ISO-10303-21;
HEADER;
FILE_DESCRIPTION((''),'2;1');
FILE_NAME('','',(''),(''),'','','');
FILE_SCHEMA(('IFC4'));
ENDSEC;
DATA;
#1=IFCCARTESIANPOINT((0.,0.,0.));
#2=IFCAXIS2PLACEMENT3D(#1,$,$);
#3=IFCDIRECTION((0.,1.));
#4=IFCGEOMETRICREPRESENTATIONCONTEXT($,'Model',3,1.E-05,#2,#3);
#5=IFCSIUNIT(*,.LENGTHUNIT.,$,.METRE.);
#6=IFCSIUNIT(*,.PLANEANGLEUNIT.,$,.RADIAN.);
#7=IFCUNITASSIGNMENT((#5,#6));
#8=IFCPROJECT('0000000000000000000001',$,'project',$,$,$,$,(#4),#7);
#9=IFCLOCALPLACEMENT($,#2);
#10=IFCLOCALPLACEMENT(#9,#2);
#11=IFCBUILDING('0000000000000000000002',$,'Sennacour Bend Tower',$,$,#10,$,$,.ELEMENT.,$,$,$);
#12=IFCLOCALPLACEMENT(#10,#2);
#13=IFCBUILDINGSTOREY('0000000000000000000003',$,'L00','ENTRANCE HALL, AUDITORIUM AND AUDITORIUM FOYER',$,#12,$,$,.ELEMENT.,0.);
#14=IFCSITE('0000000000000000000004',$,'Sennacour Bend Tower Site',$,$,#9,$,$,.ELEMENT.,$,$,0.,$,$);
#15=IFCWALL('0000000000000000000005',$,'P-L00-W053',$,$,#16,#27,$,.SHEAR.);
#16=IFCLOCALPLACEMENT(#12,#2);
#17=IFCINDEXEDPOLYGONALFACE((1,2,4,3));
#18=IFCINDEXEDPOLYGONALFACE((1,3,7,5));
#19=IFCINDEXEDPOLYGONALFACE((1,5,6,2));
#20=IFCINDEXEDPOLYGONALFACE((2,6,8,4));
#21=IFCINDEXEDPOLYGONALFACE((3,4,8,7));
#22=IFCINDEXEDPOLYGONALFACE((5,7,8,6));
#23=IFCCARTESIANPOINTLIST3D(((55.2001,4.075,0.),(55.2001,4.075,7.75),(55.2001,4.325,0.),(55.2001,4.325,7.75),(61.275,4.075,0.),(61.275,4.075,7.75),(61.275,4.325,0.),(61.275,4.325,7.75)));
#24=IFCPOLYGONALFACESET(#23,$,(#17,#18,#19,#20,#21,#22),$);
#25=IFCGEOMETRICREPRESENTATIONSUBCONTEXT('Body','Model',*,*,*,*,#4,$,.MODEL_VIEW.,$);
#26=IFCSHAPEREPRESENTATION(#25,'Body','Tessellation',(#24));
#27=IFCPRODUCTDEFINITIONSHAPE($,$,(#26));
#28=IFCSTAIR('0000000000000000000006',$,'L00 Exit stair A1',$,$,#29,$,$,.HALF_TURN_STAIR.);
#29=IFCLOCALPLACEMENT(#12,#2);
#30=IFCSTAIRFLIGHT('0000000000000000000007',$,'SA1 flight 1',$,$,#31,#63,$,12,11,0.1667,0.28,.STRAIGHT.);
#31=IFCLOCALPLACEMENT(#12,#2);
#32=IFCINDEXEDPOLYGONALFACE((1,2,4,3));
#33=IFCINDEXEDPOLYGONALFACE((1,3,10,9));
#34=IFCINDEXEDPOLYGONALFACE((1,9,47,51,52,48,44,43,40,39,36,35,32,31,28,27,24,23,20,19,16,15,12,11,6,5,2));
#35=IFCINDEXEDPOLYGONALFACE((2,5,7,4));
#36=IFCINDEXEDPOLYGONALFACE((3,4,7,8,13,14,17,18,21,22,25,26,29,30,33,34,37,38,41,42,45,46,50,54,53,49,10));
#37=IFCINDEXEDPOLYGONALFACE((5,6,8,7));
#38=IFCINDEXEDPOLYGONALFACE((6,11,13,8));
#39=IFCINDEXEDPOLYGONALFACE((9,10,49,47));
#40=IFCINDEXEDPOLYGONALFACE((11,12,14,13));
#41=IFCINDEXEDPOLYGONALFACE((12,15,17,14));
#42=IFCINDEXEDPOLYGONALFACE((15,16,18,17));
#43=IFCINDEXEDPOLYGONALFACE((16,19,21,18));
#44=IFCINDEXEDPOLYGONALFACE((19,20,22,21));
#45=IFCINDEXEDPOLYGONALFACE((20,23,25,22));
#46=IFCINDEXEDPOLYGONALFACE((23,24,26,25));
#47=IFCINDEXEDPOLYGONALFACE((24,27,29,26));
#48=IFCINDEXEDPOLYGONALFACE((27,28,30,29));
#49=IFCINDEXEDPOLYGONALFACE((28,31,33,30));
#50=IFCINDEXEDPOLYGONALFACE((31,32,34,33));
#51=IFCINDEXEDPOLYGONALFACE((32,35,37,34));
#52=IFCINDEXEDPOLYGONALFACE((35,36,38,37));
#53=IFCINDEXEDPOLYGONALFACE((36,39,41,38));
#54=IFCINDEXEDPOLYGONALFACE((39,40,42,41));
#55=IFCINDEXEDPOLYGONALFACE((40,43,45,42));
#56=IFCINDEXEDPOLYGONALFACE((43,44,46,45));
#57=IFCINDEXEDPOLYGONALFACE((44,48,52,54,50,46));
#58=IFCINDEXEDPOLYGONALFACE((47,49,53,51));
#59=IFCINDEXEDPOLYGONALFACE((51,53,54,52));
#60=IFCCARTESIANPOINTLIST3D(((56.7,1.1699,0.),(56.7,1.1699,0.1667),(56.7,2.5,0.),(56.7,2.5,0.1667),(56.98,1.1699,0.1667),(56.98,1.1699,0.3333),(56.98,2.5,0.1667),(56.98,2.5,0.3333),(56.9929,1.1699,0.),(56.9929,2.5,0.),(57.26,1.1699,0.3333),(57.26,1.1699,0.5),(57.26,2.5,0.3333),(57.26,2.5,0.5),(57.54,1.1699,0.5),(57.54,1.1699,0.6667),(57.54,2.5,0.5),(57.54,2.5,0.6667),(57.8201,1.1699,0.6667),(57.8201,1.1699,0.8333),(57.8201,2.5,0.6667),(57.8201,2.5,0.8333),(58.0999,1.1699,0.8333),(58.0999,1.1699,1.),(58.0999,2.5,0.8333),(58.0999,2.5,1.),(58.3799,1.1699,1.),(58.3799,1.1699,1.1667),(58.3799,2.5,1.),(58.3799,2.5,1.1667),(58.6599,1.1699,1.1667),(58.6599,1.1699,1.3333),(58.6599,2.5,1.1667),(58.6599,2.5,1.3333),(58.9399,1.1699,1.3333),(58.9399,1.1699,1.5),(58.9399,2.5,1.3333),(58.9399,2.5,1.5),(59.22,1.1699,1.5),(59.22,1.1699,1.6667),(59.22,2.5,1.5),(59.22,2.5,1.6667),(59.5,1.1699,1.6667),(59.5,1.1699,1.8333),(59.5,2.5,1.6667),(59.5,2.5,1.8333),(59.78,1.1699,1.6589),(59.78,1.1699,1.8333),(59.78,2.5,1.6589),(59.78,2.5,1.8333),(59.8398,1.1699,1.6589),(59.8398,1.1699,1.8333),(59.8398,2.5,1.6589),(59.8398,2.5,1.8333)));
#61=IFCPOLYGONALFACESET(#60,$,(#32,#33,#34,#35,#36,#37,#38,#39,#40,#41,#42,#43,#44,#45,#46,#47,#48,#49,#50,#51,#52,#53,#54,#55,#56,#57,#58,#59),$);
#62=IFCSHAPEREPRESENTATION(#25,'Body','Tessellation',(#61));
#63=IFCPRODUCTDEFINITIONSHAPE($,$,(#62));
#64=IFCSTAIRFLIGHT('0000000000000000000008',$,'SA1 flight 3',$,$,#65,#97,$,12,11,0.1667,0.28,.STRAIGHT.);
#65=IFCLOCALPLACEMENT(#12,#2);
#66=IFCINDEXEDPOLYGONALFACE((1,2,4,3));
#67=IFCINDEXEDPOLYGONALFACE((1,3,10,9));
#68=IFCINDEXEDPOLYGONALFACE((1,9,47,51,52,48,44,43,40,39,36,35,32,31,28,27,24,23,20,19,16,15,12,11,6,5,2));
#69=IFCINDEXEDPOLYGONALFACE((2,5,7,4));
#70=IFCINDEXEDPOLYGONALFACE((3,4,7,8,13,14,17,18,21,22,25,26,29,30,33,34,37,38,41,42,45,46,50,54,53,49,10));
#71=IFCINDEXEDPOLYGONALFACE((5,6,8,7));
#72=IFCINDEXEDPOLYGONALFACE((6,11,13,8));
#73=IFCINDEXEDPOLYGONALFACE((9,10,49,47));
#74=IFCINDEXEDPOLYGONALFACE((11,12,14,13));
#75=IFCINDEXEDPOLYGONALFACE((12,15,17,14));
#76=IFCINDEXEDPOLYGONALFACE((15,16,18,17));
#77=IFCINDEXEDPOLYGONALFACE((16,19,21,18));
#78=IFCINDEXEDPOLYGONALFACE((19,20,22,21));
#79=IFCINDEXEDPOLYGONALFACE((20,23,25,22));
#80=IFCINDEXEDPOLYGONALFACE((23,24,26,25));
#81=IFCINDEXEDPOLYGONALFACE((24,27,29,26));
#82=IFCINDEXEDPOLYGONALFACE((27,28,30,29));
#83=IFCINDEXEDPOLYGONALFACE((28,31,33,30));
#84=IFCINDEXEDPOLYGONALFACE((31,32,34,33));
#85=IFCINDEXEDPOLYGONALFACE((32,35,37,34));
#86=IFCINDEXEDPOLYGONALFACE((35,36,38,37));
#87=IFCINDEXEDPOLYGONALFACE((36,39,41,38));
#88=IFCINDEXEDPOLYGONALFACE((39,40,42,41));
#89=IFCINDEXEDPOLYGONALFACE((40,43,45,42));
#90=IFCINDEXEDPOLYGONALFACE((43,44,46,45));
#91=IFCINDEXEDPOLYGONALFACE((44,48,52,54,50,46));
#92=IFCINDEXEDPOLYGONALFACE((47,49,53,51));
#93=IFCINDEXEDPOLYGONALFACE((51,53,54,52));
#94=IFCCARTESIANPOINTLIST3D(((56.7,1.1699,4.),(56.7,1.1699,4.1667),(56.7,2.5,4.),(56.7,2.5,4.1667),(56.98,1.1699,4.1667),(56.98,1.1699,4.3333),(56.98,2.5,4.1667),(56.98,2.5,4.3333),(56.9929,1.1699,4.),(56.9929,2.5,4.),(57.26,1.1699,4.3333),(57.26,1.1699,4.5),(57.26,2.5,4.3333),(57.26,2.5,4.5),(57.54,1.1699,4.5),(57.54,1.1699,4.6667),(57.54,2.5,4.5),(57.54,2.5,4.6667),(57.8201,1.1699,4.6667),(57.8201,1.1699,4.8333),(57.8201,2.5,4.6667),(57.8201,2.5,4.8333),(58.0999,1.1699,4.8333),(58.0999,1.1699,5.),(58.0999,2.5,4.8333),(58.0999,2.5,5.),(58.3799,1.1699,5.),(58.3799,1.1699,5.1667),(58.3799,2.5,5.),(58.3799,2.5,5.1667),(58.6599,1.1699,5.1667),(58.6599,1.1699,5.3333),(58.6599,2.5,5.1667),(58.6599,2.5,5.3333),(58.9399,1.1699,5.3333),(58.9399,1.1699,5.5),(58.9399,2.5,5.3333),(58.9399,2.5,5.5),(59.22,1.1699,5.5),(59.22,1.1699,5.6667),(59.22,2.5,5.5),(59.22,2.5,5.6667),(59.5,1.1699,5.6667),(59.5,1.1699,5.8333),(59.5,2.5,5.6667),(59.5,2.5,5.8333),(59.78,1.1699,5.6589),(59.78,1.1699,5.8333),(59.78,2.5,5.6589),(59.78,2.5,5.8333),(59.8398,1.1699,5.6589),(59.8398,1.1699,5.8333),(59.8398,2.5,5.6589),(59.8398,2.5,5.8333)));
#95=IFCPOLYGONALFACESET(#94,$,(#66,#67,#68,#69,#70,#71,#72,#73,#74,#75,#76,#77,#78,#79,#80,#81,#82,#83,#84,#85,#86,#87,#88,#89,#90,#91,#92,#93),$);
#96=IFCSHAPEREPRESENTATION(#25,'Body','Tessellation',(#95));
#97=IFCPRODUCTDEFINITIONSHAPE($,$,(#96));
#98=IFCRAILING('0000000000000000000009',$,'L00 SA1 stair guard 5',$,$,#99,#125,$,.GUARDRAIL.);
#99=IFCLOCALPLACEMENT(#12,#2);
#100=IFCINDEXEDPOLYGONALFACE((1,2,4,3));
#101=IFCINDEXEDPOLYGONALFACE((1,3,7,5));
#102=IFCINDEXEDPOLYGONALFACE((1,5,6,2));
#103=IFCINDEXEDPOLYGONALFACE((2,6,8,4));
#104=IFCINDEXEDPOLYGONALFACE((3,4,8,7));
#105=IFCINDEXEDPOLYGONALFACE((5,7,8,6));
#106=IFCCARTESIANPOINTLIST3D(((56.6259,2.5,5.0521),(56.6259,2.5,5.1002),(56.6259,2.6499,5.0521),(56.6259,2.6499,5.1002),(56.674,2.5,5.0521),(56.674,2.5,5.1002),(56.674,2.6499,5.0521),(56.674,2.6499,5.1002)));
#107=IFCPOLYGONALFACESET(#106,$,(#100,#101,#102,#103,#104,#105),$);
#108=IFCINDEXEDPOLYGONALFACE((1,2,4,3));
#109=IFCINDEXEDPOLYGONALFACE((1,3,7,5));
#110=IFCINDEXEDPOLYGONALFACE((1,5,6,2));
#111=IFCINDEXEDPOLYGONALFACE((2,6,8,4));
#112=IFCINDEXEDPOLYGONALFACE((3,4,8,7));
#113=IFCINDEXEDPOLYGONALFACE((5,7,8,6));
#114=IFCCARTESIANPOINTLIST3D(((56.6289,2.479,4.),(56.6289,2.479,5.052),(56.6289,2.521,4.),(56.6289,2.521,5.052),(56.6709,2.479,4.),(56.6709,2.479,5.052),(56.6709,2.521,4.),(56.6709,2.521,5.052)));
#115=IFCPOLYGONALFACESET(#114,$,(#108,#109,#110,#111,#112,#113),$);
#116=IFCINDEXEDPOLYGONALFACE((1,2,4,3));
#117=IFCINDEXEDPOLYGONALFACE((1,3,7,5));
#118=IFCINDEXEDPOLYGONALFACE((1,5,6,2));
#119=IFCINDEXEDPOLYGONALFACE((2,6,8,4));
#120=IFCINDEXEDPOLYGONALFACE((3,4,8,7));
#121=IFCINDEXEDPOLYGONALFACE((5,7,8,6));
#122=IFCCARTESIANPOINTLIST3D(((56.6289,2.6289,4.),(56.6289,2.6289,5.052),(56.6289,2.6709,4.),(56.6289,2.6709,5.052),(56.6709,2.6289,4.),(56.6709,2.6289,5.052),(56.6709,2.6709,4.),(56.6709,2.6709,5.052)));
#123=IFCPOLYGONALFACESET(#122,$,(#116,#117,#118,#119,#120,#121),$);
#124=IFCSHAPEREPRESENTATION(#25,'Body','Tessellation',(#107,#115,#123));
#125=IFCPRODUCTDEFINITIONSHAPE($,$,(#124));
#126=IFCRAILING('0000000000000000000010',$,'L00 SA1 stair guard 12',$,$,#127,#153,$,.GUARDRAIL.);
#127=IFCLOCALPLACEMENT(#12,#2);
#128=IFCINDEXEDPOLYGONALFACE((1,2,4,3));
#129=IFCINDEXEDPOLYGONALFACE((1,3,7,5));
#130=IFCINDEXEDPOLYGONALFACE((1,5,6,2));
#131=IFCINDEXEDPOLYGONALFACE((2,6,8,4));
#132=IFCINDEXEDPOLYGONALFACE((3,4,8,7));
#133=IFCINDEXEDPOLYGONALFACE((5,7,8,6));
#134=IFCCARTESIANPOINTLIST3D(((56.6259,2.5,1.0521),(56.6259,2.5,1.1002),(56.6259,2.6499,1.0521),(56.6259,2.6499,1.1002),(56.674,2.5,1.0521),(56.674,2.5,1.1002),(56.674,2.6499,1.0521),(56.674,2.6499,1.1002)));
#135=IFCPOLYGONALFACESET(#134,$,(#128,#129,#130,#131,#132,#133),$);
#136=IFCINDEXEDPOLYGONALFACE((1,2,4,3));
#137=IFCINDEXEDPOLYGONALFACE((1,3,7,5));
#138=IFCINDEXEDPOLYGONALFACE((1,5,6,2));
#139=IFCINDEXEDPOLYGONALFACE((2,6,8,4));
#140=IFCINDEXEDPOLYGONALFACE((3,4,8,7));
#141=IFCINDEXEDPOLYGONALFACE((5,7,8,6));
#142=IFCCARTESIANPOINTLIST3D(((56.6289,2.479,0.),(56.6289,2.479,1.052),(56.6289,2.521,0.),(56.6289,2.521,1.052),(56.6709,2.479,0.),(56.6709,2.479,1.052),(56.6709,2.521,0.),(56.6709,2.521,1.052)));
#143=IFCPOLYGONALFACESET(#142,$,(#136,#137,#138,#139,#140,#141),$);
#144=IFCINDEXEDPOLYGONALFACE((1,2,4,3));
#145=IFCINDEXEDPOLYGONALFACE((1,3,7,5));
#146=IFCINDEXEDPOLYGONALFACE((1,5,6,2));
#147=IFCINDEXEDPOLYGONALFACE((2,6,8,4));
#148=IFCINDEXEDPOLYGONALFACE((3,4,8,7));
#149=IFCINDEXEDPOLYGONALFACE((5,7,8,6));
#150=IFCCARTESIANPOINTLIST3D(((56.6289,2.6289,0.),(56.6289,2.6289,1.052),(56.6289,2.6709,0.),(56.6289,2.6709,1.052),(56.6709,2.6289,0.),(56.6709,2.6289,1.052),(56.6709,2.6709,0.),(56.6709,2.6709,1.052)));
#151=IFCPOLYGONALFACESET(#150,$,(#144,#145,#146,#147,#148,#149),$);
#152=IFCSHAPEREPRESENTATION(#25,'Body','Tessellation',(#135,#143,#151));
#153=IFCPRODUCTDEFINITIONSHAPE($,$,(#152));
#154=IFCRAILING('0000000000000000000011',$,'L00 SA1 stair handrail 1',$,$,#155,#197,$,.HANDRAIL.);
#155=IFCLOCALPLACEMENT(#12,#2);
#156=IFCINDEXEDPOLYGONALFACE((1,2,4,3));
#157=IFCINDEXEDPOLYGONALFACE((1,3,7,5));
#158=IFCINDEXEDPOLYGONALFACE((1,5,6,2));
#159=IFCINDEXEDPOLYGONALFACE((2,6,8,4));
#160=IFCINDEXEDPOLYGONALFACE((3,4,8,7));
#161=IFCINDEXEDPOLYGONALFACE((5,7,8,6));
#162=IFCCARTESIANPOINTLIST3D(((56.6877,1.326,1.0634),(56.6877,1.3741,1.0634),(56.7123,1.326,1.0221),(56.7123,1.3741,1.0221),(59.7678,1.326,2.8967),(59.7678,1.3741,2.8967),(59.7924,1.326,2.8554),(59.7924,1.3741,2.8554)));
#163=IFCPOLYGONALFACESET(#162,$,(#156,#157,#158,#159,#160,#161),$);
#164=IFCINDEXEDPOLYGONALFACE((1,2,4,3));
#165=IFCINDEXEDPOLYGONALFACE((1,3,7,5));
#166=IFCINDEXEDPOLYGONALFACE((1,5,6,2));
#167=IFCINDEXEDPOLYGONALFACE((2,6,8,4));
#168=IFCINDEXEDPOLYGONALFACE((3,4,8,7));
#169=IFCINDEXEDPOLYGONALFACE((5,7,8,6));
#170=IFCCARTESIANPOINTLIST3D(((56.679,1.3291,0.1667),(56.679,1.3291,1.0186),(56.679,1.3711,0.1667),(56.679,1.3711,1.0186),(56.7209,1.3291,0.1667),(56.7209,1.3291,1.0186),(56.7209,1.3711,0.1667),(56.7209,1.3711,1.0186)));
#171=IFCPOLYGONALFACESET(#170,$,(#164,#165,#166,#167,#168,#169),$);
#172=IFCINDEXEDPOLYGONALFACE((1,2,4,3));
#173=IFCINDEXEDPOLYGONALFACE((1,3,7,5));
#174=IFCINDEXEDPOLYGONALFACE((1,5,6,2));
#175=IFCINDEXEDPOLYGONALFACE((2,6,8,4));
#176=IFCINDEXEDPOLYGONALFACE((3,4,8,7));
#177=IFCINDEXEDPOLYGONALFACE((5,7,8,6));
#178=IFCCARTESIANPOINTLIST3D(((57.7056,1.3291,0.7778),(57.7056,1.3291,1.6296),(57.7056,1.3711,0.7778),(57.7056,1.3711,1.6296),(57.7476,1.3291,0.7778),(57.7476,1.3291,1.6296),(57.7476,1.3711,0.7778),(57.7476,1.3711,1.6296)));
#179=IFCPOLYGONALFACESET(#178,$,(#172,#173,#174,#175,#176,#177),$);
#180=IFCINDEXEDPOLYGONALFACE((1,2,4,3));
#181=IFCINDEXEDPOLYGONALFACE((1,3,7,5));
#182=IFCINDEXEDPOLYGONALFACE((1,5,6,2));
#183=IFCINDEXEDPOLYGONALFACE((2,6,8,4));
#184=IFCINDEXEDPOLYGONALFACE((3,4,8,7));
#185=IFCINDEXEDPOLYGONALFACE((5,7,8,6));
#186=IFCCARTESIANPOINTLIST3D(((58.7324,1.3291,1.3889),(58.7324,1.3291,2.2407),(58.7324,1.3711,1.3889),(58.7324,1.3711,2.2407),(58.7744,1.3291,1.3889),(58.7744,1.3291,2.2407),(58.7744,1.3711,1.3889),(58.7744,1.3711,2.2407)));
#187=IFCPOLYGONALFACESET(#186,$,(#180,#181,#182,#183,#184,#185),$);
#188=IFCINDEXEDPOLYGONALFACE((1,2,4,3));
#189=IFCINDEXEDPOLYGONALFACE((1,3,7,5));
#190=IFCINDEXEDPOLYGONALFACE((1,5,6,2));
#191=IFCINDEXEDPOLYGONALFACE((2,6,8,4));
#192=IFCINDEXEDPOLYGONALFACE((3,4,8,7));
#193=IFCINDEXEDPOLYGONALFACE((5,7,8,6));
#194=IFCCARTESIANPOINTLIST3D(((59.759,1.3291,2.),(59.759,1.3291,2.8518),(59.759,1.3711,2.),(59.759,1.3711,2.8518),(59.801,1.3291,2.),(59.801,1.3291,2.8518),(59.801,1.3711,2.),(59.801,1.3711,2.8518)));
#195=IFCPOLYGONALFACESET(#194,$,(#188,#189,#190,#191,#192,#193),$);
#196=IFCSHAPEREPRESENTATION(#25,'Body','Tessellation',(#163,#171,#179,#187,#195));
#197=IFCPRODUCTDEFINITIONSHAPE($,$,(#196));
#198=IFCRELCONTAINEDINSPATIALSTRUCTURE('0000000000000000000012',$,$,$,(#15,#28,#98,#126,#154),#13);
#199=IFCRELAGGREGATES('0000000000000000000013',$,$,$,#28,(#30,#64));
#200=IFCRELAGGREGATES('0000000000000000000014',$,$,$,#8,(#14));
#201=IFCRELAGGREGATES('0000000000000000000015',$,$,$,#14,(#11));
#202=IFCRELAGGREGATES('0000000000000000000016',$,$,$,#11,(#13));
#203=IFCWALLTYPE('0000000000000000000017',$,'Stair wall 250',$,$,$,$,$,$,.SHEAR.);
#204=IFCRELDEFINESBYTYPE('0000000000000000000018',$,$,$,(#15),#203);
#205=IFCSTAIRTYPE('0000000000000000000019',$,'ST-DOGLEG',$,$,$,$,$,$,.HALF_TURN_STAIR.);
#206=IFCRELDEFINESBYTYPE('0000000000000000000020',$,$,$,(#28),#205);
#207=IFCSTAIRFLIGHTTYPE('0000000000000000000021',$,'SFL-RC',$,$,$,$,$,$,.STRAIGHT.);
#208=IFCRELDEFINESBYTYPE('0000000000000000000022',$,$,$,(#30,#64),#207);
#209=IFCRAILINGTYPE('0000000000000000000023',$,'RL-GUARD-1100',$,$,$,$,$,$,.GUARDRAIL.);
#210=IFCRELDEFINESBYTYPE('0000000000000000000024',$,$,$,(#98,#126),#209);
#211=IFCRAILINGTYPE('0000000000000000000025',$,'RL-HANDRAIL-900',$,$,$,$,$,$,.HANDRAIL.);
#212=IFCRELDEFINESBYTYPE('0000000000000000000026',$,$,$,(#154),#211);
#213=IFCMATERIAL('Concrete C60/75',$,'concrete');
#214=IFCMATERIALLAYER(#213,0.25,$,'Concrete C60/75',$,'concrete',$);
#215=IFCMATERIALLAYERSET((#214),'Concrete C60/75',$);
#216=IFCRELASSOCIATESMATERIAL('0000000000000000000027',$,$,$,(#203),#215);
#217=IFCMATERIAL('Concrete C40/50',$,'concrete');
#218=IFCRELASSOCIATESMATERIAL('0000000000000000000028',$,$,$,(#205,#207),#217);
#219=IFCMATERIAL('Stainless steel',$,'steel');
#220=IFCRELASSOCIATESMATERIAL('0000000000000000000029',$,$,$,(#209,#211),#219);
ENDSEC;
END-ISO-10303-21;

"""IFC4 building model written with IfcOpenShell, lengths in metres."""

from ifc_helpers import new_model, si_unit, direction, frame, frame_2d, origin, origin_2d, place, context, subcontext, project, spatial, polyline, rectangle, outline, extrude, material, layer, layer_set, type_object, element, aggregate, save


model = new_model("IFC4")

# Units and contexts
model_context = context("Model", 3, precision=1e-05, world=origin(), true_north=direction((0.0, 1.0)))
body_context = subcontext(model_context, "Body", "Model", "MODEL_VIEW")
ifc_project = project(units=[si_unit("LENGTHUNIT", "METRE"), si_unit("PLANEANGLEUNIT", "RADIAN")], contexts=[model_context])

# Site, building, storey
site_placement = place(None, origin())
site = spatial("IfcSite", under=ifc_project, at=site_placement, Name="Sennacour Bend Tower Site", CompositionType="ELEMENT", RefElevation=0.0)
building_placement = place(site_placement, origin())
building = spatial("IfcBuilding", under=site, at=building_placement, Name="Sennacour Bend Tower", CompositionType="ELEMENT")
storey_placement = place(building_placement, origin())
storey = spatial("IfcBuildingStorey", under=building, at=storey_placement, Name="L00", Description="ENTRANCE HALL, AUDITORIUM AND AUDITORIUM FOYER", CompositionType="ELEMENT", Elevation=0.0)

# Shared definitions
ifc_material_1 = material(Name="Stainless steel", Category="steel")

# Wall
ifc_material_2 = material(Name="Concrete C60/75", Category="concrete")
ifc_layer_1 = layer(ifc_material_2, 0.25, Name="Concrete C60/75", Category="concrete")
ifc_layer_set_1 = layer_set([ifc_layer_1], Name="Concrete C60/75")
wall_type_1 = type_object("IfcWallType", Name="Stair wall 250", PredefinedType="SHEAR", material=ifc_layer_set_1)
wall_1_placement = place(storey_placement, frame((55.2, 4.2, 0.0), z_axis=(0.0, 0.0, 1.0), x_axis=(1.0, 0.0, 0.0)))
element("IfcWall", 1, at=wall_1_placement, inside=storey, type_object=wall_type_1, Name="P-L00-W053", PredefinedType="SHEAR", context=body_context, shape_type="SweptSolid", body=[
    extrude(rectangle(XDim=6.075, YDim=0.25, at=frame_2d((3.0376, 0.0))), origin(), (0.0, 0.0, 1.0), 7.75),
])

# Stair, stair flights
ifc_material_3 = material(Name="Concrete C40/50", Category="concrete")
stair_type = type_object("IfcStairType", Name="ST-DOGLEG", PredefinedType="HALF_TURN_STAIR", material=ifc_material_3)
stair_placement = place(storey_placement, origin())
stair = element("IfcStair", 2, at=stair_placement, inside=storey, type_object=stair_type, Name="L00 Exit stair A1", PredefinedType="HALF_TURN_STAIR")
stair_flight_type = type_object("IfcStairFlightType", Name="SFL-RC", PredefinedType="STRAIGHT", material=ifc_material_3)
stair_flight_1_placement = place(storey_placement, frame((56.7, 1.835, 0.0), z_axis=(0.0, 0.0, 1.0), x_axis=(1.0, 0.0, 0.0)))
stair_flight_1 = element("IfcStairFlight", 3, at=stair_flight_1_placement, type_object=stair_flight_type, Name="SA1 flight 1", NumberOfRisers=12, NumberOfTreads=11, PredefinedType="STRAIGHT", RiserHeight=0.1667, TreadLength=0.28, context=body_context, shape_type="SweptSolid", body=[
    extrude(outline(polyline([(0.0, 0.0), (0.0, 0.1667), (0.28, 0.1667), (0.28, 0.3333), (0.5601, 0.3333), (0.5601, 0.5), (0.8401, 0.5), (0.8401, 0.6667), (1.1201, 0.6667), (1.1201, 0.8333), (1.3999, 0.8333), (1.3999, 1.0), (1.6799, 1.0), (1.6799, 1.1667), (1.96, 1.1667), (1.96, 1.3333), (2.24, 1.3333), (2.24, 1.5), (2.52, 1.5), (2.52, 1.6667), (2.8, 1.6667), (2.8, 1.8333), (3.0801, 1.8333), (3.1399, 1.8333), (3.1399, 1.6589), (3.0801, 1.6589), (0.293, 0.0), (0.0, 0.0)])), frame((0.0, 0.665, 0.0), z_axis=(0.0, -1.0, 0.0), x_axis=(1.0, 0.0, 0.0)), (0.0, 0.0, 1.0), 1.3301),
])
stair_flight_2_placement = place(storey_placement, frame((56.7, 1.835, 4.0), z_axis=(0.0, 0.0, 1.0), x_axis=(1.0, 0.0, 0.0)))
stair_flight_2 = element("IfcStairFlight", 4, at=stair_flight_2_placement, type_object=stair_flight_type, Name="SA1 flight 3", NumberOfRisers=12, NumberOfTreads=11, PredefinedType="STRAIGHT", RiserHeight=0.1667, TreadLength=0.28, context=body_context, shape_type="SweptSolid", body=[
    extrude(outline(polyline([(0.0, 0.0), (0.0, 0.1667), (0.28, 0.1667), (0.28, 0.3333), (0.5601, 0.3333), (0.5601, 0.5), (0.8401, 0.5), (0.8401, 0.6667), (1.1201, 0.6667), (1.1201, 0.8333), (1.3999, 0.8333), (1.3999, 1.0), (1.6799, 1.0), (1.6799, 1.1667), (1.96, 1.1667), (1.96, 1.3333), (2.24, 1.3333), (2.24, 1.5), (2.52, 1.5), (2.52, 1.6667), (2.8, 1.6667), (2.8, 1.8333), (3.0801, 1.8333), (3.1399, 1.8333), (3.1399, 1.6589), (3.0801, 1.6589), (0.293, 0.0), (0.0, 0.0)])), frame((0.0, 0.665, 0.0), z_axis=(0.0, -1.0, 0.0), x_axis=(1.0, 0.0, 0.0)), (0.0, 0.0, 1.0), 1.3301),
])
aggregate(stair, [stair_flight_1, stair_flight_2])

# Railings
railing_type_1 = type_object("IfcRailingType", Name="RL-GUARD-1100", PredefinedType="GUARDRAIL", material=ifc_material_1)
for number, where, name in (
    (5, (56.6499, 2.5, 4.0), "L00 SA1 stair guard 5"),
    (6, (56.6499, 2.5, 0.0), "L00 SA1 stair guard 12"),
):
    element("IfcRailing", number, at=place(storey_placement, frame(where)), inside=storey, type_object=railing_type_1, Name=name, PredefinedType="GUARDRAIL", context=body_context, shape_type="SweptSolid", body=[
        extrude(rectangle(XDim=0.0481, YDim=0.0481, at=origin_2d()), frame((0.0, 0.0, 1.0762), z_axis=(0.0, 1.0, 0.0), x_axis=(-1.0, 0.0, 0.0)), (0.0, 0.0, 1.0), 0.1499),
        extrude(rectangle(XDim=0.042, YDim=0.042, at=origin_2d()), origin(), (0.0, 0.0, 1.0), 1.052),
        extrude(rectangle(XDim=0.042, YDim=0.042, at=origin_2d()), frame((0.0, 0.1499, 0.0)), (0.0, 0.0, 1.0), 1.052),
    ])
railing_type_2 = type_object("IfcRailingType", Name="RL-HANDRAIL-900", PredefinedType="HANDRAIL", material=ifc_material_1)
for number, where, name in (
    (7, (56.7, 1.3501, 0.1667), "L00 SA1 stair handrail 1"),
):
    element("IfcRailing", number, at=place(storey_placement, frame(where)), inside=storey, type_object=railing_type_2, Name=name, PredefinedType="HANDRAIL", context=body_context, shape_type="SweptSolid", body=[
        extrude(rectangle(XDim=0.0481, YDim=0.0481, at=origin_2d()), frame((0.0, 0.0, 0.876), z_axis=(0.859309, 0.0, 0.511458), x_axis=(0.0, 1.0, 0.0)), (0.0, 0.0, 1.0), 3.5845),
        extrude(rectangle(XDim=0.042, YDim=0.042, at=origin_2d()), origin(), (0.0, 0.0, 1.0), 0.8518),
        extrude(rectangle(XDim=0.042, YDim=0.042, at=origin_2d()), frame((1.0266, 0.0, 0.6111)), (0.0, 0.0, 1.0), 0.8518),
        extrude(rectangle(XDim=0.042, YDim=0.042, at=origin_2d()), frame((2.0535, 0.0, 1.2222)), (0.0, 0.0, 1.0), 0.8518),
        extrude(rectangle(XDim=0.042, YDim=0.042, at=origin_2d()), frame((3.0801, 0.0, 1.8333)), (0.0, 0.0, 1.0), 0.8518),
    ])

save(model, "model.ifc")
